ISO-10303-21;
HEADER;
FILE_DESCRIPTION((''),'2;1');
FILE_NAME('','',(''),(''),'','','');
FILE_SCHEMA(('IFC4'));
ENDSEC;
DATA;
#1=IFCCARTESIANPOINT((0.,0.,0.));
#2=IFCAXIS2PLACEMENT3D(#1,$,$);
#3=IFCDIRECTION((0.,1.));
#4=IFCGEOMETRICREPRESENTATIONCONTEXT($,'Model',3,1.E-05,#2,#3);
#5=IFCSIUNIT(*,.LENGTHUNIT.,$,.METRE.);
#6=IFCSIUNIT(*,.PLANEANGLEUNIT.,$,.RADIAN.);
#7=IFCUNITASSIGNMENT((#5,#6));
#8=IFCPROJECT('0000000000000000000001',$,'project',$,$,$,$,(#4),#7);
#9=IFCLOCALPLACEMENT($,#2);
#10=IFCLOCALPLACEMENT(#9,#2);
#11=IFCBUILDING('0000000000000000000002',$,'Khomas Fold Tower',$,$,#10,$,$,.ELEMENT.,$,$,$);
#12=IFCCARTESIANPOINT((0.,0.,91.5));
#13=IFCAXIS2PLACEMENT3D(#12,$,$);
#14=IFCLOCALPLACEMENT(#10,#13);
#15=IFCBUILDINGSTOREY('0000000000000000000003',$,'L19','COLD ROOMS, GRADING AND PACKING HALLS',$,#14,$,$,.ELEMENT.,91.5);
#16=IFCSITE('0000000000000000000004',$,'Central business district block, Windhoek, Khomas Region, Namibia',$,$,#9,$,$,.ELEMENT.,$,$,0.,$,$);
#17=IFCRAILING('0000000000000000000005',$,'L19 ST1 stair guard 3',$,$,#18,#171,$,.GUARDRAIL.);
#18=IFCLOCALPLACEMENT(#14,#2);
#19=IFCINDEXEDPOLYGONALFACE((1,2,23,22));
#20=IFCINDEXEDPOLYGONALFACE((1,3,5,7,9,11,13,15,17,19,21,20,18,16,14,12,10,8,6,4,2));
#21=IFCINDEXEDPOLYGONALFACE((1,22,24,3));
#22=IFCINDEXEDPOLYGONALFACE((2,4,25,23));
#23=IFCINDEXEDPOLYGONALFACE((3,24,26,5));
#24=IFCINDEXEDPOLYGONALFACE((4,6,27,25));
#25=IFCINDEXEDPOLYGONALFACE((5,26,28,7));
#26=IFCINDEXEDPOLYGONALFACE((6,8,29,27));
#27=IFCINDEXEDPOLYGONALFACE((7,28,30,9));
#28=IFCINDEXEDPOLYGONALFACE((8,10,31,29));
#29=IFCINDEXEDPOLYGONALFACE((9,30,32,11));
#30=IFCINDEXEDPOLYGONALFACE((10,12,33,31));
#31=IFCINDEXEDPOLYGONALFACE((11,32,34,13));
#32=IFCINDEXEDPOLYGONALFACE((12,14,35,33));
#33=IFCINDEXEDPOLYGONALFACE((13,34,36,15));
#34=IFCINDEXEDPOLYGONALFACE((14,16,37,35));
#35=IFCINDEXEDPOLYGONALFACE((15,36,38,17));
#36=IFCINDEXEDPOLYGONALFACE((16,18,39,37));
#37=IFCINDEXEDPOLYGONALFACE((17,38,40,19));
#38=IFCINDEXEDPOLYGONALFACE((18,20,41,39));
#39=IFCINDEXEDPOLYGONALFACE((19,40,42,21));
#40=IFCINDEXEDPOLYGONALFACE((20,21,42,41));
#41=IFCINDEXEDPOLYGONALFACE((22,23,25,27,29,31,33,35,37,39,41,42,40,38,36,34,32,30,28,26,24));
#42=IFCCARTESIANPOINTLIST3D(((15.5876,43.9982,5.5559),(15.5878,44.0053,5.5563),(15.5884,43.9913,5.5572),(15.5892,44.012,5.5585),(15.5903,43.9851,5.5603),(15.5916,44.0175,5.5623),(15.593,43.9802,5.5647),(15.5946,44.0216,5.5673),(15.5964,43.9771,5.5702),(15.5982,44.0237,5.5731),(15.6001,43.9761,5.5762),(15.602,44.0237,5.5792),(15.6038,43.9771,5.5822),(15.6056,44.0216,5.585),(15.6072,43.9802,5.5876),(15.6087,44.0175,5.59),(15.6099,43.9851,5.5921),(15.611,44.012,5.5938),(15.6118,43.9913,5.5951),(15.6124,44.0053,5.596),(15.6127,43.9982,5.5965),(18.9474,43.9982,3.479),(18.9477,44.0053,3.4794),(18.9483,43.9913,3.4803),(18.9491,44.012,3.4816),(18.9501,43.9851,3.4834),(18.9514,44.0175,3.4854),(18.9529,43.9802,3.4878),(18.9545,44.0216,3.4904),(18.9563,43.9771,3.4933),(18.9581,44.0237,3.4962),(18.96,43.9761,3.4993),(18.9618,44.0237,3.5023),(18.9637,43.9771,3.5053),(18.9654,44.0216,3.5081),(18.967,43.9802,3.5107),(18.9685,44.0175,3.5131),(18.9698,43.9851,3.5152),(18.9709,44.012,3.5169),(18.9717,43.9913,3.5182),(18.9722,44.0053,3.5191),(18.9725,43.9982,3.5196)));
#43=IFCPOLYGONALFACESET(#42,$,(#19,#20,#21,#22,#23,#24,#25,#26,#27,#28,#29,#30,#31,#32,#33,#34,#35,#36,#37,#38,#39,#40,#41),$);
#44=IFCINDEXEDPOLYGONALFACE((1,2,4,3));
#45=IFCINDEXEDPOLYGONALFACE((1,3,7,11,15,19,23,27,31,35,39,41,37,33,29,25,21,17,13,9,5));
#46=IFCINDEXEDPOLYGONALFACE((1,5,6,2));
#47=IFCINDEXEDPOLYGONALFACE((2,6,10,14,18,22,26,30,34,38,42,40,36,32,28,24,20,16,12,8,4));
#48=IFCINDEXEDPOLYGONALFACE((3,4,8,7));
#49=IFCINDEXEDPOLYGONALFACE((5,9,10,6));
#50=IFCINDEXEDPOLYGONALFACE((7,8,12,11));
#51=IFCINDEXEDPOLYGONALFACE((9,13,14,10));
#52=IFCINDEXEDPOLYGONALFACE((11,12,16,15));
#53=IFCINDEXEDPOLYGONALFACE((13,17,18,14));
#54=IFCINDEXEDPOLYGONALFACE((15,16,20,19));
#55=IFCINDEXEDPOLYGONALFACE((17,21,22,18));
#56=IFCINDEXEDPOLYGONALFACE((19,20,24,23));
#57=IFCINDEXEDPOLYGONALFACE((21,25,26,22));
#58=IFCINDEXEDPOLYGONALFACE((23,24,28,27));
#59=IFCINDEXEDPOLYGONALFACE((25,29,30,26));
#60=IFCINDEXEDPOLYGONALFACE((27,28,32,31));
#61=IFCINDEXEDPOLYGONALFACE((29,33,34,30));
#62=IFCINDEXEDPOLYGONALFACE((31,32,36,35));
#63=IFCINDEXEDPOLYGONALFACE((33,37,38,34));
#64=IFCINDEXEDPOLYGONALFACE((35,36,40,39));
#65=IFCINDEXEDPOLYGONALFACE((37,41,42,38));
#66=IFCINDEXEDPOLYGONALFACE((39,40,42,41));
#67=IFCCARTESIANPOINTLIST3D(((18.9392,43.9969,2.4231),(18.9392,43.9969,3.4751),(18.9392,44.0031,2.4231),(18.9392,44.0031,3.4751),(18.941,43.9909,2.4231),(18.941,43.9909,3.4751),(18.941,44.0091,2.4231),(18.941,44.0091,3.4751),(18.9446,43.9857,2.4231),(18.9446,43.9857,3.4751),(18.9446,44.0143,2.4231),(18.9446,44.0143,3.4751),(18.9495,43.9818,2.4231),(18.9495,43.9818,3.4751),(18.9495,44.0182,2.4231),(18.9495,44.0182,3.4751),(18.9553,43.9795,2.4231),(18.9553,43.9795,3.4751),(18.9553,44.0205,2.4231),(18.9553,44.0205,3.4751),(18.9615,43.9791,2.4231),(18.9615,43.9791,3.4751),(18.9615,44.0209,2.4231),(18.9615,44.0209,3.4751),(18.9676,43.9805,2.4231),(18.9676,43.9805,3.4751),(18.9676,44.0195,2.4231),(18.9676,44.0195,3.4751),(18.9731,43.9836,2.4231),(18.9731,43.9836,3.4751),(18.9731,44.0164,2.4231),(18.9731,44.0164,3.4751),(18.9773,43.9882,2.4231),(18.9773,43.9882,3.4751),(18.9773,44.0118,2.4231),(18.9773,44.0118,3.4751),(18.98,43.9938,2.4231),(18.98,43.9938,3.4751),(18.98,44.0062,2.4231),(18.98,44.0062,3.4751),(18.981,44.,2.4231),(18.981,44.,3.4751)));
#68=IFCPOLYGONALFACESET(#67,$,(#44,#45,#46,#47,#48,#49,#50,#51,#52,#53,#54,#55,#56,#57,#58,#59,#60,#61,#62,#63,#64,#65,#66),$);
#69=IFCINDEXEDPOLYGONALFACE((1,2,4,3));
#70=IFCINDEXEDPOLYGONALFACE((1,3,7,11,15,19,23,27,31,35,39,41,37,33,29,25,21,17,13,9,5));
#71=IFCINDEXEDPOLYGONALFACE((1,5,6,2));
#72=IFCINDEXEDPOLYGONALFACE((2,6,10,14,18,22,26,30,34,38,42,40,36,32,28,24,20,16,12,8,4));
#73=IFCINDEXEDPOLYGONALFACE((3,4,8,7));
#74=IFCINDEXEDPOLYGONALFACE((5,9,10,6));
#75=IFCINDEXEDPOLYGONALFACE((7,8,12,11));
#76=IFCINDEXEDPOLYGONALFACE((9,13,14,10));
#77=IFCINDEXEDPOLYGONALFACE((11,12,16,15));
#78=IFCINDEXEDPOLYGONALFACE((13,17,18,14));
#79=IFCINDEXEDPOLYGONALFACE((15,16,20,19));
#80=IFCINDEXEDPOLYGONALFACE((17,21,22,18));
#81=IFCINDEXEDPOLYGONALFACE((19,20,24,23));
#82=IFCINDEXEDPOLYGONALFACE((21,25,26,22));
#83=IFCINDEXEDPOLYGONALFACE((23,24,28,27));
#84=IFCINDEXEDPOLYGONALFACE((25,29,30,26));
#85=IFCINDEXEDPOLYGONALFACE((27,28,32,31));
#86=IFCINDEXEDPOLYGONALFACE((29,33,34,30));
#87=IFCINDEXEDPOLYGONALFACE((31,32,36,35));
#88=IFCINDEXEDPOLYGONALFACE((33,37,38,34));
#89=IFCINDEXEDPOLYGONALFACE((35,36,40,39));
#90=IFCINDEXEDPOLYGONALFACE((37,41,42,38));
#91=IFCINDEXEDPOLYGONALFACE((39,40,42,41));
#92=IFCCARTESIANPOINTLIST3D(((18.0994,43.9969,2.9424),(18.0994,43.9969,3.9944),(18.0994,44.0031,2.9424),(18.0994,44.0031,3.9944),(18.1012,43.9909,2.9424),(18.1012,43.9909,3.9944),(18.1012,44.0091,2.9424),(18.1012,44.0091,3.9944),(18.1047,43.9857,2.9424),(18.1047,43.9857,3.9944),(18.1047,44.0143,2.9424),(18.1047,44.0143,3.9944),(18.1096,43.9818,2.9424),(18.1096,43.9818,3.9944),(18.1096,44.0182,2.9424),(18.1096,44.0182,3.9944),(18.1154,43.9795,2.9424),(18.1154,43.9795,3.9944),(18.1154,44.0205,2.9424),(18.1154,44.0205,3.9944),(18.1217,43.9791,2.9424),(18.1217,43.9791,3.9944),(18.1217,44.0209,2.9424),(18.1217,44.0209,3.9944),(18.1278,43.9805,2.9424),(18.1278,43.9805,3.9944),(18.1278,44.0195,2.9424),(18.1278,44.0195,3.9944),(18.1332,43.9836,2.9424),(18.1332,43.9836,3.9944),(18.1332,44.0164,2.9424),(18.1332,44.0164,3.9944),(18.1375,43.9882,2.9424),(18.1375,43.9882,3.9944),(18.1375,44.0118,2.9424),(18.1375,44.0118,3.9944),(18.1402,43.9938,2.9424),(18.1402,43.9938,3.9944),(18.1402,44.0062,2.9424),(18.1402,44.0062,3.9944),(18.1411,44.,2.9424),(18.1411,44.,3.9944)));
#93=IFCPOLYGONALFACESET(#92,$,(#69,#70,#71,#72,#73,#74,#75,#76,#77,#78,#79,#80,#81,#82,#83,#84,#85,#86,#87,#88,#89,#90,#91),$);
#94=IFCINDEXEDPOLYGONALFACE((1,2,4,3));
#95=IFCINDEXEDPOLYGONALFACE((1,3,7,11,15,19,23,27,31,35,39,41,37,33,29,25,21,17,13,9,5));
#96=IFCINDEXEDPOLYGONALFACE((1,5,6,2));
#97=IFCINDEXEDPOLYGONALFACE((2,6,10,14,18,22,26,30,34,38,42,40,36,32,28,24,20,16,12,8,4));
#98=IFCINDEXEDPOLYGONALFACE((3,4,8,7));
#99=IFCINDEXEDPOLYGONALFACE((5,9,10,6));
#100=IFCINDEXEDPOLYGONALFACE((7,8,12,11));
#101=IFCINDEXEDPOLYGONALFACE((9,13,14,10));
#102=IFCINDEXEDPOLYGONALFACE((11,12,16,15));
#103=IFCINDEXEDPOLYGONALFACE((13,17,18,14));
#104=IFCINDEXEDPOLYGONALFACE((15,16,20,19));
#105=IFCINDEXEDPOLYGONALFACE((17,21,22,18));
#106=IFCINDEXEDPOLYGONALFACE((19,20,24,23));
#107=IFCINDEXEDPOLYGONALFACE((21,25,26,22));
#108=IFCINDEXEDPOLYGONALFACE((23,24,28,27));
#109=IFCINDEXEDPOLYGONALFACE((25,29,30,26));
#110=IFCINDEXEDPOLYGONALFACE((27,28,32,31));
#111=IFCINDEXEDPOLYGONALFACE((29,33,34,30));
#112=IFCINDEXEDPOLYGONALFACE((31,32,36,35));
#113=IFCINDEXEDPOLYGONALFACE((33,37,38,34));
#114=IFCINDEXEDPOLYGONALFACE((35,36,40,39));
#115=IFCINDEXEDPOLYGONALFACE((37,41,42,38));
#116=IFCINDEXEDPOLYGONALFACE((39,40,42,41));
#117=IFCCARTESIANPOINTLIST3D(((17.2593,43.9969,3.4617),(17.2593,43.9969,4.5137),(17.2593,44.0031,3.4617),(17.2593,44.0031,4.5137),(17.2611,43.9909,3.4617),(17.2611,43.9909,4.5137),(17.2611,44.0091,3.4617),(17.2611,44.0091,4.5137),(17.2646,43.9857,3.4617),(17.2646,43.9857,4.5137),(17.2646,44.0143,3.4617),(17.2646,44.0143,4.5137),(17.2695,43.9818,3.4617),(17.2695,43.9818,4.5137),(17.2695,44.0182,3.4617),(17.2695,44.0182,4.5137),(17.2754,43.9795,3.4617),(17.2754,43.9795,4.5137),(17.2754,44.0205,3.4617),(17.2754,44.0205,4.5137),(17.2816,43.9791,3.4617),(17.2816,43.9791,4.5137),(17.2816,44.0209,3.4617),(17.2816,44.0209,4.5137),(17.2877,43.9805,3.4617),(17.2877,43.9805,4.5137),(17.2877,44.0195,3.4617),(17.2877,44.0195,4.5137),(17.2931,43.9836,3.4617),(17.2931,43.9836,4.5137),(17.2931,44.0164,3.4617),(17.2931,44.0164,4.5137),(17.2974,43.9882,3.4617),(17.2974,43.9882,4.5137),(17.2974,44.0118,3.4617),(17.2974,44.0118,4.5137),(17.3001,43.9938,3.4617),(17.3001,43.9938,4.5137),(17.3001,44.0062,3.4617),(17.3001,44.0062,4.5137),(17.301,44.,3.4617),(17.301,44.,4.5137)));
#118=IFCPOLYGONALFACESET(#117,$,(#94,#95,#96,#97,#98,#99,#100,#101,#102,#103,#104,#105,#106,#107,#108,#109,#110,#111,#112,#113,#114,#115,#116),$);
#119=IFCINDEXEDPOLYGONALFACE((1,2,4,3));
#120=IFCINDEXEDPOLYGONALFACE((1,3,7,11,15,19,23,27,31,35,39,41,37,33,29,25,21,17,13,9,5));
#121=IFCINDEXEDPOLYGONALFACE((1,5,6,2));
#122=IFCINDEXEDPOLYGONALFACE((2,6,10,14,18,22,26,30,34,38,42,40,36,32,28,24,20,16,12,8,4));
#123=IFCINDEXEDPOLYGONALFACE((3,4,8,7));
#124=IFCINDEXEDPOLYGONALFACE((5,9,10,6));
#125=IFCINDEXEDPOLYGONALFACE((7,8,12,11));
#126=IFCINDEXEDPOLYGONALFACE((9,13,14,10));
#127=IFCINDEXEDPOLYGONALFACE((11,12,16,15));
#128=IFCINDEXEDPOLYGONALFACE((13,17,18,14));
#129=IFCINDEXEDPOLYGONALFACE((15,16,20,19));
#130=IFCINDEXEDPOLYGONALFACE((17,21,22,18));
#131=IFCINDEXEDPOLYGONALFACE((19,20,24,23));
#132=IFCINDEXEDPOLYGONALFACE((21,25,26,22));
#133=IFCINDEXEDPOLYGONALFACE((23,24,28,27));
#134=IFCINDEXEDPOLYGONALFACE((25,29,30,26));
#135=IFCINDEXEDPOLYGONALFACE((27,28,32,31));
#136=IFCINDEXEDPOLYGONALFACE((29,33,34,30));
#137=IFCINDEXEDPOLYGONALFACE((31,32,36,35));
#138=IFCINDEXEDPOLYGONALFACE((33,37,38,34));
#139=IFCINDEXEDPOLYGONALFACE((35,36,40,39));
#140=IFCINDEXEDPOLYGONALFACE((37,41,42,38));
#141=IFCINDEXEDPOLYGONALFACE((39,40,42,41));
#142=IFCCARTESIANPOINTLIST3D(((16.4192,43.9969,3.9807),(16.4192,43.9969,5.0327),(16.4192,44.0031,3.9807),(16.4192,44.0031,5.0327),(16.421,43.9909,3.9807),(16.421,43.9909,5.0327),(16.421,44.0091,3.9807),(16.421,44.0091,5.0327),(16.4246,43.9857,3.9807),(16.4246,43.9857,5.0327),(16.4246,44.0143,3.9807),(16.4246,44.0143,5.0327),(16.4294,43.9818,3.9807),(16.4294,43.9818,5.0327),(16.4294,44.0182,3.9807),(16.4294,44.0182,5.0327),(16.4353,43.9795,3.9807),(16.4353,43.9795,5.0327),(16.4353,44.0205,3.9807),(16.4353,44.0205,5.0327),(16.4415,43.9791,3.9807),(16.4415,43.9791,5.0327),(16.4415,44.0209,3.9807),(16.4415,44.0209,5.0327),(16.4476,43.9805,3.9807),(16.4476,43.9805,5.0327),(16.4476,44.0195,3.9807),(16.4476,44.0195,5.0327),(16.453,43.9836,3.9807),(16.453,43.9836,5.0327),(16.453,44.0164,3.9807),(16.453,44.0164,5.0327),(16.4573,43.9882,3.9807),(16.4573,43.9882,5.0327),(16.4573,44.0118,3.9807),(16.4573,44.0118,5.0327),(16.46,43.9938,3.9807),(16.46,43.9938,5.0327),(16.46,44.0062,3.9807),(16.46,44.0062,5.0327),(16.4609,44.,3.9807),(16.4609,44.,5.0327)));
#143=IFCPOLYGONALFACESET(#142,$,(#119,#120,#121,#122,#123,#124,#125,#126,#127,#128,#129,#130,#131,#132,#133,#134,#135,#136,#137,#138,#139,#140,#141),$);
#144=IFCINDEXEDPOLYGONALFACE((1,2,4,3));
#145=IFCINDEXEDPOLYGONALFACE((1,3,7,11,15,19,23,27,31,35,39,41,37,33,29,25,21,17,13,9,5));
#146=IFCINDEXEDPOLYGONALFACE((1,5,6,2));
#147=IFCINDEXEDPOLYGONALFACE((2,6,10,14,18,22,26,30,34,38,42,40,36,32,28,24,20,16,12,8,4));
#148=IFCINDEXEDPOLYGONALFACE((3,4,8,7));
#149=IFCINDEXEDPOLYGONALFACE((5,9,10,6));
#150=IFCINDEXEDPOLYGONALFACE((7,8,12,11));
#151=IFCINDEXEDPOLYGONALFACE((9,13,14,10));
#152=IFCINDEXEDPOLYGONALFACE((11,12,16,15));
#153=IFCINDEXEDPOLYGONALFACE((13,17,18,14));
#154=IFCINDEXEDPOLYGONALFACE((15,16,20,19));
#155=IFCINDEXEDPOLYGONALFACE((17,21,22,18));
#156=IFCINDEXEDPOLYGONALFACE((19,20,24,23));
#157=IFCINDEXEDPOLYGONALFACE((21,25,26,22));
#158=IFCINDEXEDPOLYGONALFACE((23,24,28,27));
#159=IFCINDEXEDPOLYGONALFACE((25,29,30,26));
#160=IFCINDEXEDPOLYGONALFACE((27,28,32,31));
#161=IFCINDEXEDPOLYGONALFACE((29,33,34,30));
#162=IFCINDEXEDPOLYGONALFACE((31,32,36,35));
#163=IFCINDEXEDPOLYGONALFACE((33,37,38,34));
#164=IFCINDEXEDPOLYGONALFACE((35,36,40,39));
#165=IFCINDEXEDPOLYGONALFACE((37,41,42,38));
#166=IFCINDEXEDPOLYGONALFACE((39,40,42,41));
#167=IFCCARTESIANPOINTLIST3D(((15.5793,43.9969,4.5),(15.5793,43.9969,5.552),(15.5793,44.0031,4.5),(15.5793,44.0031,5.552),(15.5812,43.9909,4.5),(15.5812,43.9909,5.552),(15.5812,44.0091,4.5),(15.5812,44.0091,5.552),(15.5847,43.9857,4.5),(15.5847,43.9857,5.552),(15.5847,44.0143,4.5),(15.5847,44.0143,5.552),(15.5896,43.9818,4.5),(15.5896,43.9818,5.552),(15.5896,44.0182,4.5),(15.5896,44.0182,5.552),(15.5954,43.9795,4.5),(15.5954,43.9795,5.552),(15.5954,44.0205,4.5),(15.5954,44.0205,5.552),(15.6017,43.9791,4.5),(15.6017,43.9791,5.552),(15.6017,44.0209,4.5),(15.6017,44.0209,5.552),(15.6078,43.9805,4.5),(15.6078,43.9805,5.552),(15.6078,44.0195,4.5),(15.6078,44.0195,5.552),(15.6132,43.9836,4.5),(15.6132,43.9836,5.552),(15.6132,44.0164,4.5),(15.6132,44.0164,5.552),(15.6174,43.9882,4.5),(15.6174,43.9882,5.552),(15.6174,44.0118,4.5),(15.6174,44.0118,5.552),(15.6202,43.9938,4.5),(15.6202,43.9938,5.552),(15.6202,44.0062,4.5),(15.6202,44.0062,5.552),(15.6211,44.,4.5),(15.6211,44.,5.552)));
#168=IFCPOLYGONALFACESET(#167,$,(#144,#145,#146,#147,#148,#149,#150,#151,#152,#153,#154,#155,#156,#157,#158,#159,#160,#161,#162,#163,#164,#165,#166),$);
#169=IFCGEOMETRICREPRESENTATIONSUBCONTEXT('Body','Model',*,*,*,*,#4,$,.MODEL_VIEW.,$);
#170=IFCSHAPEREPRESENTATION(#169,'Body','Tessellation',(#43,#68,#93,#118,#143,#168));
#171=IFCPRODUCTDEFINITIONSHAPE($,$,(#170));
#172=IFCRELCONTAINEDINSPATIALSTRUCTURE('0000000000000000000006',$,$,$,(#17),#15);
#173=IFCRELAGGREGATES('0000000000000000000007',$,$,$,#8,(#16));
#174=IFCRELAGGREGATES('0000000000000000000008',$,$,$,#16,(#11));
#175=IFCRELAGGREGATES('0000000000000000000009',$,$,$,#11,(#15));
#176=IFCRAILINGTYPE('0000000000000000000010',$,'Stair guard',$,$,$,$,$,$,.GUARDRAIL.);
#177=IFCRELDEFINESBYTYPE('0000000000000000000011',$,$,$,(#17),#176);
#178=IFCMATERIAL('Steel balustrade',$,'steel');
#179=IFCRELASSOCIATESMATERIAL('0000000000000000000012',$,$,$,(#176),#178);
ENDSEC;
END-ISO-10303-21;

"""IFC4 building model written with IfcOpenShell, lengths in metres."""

from ifc_helpers import new_model, si_unit, direction, frame, origin, origin_2d, place, context, subcontext, project, spatial, circle, extrude, source, transform, mapped, material, type_object, element, save


model = new_model("IFC4")

# Units and contexts
model_context = context("Model", 3, precision=1e-05, world=origin(), true_north=direction((0.0, 1.0)))
body_context = subcontext(model_context, "Body", "Model", "MODEL_VIEW")
ifc_project = project(units=[si_unit("LENGTHUNIT", "METRE"), si_unit("PLANEANGLEUNIT", "RADIAN")], contexts=[model_context])

# Site, building, storey
site_placement = place(None, origin())
site = spatial("IfcSite", under=ifc_project, at=site_placement, Name="Central business district block, Windhoek, Khomas Region, Namibia", CompositionType="ELEMENT", RefElevation=0.0)
building_placement = place(site_placement, origin())
building = spatial("IfcBuilding", under=site, at=building_placement, Name="Khomas Fold Tower", CompositionType="ELEMENT")
storey_placement = place(building_placement, frame((0.0, 0.0, 91.5)))
storey = spatial("IfcBuildingStorey", under=building, at=storey_placement, Name="L19", Description="COLD ROOMS, GRADING AND PACKING HALLS", CompositionType="ELEMENT", Elevation=91.5)

# Railing
ifc_material_1 = material(Name="Steel balustrade", Category="steel")
railing_type_1 = type_object("IfcRailingType", Name="Stair guard", PredefinedType="GUARDRAIL", material=ifc_material_1)
shared_shape_1 = source(origin(), body_context, "Body", "SweptSolid", [
    extrude(circle(Radius=0.0239, at=origin_2d()), frame((0.0, 0.0, 1.0762), z_axis=(-0.850606, 0.0, 0.525803), x_axis=(0.0, -1.0, 0.0)), (0.0, 0.0, 1.0), 3.95),
    extrude(circle(Radius=0.021, at=origin_2d()), origin(), (0.0, 0.0, 1.0), 1.052),
    extrude(circle(Radius=0.021, at=origin_2d()), frame((-0.8398, 0.0, 0.5193)), (0.0, 0.0, 1.0), 1.052),
    extrude(circle(Radius=0.021, at=origin_2d()), frame((-1.6799, 0.0, 1.0386)), (0.0, 0.0, 1.0), 1.052),
    extrude(circle(Radius=0.021, at=origin_2d()), frame((-2.52, 0.0, 1.5576)), (0.0, 0.0, 1.0), 1.052),
    extrude(circle(Radius=0.021, at=origin_2d()), frame((-3.3599, 0.0, 2.0769)), (0.0, 0.0, 1.0), 1.052),
])
railing_1_placement = place(storey_placement, frame((18.96, 44.0, 2.4231)))
element("IfcRailing", 1, at=railing_1_placement, inside=storey, type_object=railing_type_1, Name="L19 ST1 stair guard 3", PredefinedType="GUARDRAIL", context=body_context, shape_type="MappedRepresentation", body=[
    mapped(shared_shape_1, transform((0.0, 0.0, 0.0))),
])

save(model, "model.ifc")
